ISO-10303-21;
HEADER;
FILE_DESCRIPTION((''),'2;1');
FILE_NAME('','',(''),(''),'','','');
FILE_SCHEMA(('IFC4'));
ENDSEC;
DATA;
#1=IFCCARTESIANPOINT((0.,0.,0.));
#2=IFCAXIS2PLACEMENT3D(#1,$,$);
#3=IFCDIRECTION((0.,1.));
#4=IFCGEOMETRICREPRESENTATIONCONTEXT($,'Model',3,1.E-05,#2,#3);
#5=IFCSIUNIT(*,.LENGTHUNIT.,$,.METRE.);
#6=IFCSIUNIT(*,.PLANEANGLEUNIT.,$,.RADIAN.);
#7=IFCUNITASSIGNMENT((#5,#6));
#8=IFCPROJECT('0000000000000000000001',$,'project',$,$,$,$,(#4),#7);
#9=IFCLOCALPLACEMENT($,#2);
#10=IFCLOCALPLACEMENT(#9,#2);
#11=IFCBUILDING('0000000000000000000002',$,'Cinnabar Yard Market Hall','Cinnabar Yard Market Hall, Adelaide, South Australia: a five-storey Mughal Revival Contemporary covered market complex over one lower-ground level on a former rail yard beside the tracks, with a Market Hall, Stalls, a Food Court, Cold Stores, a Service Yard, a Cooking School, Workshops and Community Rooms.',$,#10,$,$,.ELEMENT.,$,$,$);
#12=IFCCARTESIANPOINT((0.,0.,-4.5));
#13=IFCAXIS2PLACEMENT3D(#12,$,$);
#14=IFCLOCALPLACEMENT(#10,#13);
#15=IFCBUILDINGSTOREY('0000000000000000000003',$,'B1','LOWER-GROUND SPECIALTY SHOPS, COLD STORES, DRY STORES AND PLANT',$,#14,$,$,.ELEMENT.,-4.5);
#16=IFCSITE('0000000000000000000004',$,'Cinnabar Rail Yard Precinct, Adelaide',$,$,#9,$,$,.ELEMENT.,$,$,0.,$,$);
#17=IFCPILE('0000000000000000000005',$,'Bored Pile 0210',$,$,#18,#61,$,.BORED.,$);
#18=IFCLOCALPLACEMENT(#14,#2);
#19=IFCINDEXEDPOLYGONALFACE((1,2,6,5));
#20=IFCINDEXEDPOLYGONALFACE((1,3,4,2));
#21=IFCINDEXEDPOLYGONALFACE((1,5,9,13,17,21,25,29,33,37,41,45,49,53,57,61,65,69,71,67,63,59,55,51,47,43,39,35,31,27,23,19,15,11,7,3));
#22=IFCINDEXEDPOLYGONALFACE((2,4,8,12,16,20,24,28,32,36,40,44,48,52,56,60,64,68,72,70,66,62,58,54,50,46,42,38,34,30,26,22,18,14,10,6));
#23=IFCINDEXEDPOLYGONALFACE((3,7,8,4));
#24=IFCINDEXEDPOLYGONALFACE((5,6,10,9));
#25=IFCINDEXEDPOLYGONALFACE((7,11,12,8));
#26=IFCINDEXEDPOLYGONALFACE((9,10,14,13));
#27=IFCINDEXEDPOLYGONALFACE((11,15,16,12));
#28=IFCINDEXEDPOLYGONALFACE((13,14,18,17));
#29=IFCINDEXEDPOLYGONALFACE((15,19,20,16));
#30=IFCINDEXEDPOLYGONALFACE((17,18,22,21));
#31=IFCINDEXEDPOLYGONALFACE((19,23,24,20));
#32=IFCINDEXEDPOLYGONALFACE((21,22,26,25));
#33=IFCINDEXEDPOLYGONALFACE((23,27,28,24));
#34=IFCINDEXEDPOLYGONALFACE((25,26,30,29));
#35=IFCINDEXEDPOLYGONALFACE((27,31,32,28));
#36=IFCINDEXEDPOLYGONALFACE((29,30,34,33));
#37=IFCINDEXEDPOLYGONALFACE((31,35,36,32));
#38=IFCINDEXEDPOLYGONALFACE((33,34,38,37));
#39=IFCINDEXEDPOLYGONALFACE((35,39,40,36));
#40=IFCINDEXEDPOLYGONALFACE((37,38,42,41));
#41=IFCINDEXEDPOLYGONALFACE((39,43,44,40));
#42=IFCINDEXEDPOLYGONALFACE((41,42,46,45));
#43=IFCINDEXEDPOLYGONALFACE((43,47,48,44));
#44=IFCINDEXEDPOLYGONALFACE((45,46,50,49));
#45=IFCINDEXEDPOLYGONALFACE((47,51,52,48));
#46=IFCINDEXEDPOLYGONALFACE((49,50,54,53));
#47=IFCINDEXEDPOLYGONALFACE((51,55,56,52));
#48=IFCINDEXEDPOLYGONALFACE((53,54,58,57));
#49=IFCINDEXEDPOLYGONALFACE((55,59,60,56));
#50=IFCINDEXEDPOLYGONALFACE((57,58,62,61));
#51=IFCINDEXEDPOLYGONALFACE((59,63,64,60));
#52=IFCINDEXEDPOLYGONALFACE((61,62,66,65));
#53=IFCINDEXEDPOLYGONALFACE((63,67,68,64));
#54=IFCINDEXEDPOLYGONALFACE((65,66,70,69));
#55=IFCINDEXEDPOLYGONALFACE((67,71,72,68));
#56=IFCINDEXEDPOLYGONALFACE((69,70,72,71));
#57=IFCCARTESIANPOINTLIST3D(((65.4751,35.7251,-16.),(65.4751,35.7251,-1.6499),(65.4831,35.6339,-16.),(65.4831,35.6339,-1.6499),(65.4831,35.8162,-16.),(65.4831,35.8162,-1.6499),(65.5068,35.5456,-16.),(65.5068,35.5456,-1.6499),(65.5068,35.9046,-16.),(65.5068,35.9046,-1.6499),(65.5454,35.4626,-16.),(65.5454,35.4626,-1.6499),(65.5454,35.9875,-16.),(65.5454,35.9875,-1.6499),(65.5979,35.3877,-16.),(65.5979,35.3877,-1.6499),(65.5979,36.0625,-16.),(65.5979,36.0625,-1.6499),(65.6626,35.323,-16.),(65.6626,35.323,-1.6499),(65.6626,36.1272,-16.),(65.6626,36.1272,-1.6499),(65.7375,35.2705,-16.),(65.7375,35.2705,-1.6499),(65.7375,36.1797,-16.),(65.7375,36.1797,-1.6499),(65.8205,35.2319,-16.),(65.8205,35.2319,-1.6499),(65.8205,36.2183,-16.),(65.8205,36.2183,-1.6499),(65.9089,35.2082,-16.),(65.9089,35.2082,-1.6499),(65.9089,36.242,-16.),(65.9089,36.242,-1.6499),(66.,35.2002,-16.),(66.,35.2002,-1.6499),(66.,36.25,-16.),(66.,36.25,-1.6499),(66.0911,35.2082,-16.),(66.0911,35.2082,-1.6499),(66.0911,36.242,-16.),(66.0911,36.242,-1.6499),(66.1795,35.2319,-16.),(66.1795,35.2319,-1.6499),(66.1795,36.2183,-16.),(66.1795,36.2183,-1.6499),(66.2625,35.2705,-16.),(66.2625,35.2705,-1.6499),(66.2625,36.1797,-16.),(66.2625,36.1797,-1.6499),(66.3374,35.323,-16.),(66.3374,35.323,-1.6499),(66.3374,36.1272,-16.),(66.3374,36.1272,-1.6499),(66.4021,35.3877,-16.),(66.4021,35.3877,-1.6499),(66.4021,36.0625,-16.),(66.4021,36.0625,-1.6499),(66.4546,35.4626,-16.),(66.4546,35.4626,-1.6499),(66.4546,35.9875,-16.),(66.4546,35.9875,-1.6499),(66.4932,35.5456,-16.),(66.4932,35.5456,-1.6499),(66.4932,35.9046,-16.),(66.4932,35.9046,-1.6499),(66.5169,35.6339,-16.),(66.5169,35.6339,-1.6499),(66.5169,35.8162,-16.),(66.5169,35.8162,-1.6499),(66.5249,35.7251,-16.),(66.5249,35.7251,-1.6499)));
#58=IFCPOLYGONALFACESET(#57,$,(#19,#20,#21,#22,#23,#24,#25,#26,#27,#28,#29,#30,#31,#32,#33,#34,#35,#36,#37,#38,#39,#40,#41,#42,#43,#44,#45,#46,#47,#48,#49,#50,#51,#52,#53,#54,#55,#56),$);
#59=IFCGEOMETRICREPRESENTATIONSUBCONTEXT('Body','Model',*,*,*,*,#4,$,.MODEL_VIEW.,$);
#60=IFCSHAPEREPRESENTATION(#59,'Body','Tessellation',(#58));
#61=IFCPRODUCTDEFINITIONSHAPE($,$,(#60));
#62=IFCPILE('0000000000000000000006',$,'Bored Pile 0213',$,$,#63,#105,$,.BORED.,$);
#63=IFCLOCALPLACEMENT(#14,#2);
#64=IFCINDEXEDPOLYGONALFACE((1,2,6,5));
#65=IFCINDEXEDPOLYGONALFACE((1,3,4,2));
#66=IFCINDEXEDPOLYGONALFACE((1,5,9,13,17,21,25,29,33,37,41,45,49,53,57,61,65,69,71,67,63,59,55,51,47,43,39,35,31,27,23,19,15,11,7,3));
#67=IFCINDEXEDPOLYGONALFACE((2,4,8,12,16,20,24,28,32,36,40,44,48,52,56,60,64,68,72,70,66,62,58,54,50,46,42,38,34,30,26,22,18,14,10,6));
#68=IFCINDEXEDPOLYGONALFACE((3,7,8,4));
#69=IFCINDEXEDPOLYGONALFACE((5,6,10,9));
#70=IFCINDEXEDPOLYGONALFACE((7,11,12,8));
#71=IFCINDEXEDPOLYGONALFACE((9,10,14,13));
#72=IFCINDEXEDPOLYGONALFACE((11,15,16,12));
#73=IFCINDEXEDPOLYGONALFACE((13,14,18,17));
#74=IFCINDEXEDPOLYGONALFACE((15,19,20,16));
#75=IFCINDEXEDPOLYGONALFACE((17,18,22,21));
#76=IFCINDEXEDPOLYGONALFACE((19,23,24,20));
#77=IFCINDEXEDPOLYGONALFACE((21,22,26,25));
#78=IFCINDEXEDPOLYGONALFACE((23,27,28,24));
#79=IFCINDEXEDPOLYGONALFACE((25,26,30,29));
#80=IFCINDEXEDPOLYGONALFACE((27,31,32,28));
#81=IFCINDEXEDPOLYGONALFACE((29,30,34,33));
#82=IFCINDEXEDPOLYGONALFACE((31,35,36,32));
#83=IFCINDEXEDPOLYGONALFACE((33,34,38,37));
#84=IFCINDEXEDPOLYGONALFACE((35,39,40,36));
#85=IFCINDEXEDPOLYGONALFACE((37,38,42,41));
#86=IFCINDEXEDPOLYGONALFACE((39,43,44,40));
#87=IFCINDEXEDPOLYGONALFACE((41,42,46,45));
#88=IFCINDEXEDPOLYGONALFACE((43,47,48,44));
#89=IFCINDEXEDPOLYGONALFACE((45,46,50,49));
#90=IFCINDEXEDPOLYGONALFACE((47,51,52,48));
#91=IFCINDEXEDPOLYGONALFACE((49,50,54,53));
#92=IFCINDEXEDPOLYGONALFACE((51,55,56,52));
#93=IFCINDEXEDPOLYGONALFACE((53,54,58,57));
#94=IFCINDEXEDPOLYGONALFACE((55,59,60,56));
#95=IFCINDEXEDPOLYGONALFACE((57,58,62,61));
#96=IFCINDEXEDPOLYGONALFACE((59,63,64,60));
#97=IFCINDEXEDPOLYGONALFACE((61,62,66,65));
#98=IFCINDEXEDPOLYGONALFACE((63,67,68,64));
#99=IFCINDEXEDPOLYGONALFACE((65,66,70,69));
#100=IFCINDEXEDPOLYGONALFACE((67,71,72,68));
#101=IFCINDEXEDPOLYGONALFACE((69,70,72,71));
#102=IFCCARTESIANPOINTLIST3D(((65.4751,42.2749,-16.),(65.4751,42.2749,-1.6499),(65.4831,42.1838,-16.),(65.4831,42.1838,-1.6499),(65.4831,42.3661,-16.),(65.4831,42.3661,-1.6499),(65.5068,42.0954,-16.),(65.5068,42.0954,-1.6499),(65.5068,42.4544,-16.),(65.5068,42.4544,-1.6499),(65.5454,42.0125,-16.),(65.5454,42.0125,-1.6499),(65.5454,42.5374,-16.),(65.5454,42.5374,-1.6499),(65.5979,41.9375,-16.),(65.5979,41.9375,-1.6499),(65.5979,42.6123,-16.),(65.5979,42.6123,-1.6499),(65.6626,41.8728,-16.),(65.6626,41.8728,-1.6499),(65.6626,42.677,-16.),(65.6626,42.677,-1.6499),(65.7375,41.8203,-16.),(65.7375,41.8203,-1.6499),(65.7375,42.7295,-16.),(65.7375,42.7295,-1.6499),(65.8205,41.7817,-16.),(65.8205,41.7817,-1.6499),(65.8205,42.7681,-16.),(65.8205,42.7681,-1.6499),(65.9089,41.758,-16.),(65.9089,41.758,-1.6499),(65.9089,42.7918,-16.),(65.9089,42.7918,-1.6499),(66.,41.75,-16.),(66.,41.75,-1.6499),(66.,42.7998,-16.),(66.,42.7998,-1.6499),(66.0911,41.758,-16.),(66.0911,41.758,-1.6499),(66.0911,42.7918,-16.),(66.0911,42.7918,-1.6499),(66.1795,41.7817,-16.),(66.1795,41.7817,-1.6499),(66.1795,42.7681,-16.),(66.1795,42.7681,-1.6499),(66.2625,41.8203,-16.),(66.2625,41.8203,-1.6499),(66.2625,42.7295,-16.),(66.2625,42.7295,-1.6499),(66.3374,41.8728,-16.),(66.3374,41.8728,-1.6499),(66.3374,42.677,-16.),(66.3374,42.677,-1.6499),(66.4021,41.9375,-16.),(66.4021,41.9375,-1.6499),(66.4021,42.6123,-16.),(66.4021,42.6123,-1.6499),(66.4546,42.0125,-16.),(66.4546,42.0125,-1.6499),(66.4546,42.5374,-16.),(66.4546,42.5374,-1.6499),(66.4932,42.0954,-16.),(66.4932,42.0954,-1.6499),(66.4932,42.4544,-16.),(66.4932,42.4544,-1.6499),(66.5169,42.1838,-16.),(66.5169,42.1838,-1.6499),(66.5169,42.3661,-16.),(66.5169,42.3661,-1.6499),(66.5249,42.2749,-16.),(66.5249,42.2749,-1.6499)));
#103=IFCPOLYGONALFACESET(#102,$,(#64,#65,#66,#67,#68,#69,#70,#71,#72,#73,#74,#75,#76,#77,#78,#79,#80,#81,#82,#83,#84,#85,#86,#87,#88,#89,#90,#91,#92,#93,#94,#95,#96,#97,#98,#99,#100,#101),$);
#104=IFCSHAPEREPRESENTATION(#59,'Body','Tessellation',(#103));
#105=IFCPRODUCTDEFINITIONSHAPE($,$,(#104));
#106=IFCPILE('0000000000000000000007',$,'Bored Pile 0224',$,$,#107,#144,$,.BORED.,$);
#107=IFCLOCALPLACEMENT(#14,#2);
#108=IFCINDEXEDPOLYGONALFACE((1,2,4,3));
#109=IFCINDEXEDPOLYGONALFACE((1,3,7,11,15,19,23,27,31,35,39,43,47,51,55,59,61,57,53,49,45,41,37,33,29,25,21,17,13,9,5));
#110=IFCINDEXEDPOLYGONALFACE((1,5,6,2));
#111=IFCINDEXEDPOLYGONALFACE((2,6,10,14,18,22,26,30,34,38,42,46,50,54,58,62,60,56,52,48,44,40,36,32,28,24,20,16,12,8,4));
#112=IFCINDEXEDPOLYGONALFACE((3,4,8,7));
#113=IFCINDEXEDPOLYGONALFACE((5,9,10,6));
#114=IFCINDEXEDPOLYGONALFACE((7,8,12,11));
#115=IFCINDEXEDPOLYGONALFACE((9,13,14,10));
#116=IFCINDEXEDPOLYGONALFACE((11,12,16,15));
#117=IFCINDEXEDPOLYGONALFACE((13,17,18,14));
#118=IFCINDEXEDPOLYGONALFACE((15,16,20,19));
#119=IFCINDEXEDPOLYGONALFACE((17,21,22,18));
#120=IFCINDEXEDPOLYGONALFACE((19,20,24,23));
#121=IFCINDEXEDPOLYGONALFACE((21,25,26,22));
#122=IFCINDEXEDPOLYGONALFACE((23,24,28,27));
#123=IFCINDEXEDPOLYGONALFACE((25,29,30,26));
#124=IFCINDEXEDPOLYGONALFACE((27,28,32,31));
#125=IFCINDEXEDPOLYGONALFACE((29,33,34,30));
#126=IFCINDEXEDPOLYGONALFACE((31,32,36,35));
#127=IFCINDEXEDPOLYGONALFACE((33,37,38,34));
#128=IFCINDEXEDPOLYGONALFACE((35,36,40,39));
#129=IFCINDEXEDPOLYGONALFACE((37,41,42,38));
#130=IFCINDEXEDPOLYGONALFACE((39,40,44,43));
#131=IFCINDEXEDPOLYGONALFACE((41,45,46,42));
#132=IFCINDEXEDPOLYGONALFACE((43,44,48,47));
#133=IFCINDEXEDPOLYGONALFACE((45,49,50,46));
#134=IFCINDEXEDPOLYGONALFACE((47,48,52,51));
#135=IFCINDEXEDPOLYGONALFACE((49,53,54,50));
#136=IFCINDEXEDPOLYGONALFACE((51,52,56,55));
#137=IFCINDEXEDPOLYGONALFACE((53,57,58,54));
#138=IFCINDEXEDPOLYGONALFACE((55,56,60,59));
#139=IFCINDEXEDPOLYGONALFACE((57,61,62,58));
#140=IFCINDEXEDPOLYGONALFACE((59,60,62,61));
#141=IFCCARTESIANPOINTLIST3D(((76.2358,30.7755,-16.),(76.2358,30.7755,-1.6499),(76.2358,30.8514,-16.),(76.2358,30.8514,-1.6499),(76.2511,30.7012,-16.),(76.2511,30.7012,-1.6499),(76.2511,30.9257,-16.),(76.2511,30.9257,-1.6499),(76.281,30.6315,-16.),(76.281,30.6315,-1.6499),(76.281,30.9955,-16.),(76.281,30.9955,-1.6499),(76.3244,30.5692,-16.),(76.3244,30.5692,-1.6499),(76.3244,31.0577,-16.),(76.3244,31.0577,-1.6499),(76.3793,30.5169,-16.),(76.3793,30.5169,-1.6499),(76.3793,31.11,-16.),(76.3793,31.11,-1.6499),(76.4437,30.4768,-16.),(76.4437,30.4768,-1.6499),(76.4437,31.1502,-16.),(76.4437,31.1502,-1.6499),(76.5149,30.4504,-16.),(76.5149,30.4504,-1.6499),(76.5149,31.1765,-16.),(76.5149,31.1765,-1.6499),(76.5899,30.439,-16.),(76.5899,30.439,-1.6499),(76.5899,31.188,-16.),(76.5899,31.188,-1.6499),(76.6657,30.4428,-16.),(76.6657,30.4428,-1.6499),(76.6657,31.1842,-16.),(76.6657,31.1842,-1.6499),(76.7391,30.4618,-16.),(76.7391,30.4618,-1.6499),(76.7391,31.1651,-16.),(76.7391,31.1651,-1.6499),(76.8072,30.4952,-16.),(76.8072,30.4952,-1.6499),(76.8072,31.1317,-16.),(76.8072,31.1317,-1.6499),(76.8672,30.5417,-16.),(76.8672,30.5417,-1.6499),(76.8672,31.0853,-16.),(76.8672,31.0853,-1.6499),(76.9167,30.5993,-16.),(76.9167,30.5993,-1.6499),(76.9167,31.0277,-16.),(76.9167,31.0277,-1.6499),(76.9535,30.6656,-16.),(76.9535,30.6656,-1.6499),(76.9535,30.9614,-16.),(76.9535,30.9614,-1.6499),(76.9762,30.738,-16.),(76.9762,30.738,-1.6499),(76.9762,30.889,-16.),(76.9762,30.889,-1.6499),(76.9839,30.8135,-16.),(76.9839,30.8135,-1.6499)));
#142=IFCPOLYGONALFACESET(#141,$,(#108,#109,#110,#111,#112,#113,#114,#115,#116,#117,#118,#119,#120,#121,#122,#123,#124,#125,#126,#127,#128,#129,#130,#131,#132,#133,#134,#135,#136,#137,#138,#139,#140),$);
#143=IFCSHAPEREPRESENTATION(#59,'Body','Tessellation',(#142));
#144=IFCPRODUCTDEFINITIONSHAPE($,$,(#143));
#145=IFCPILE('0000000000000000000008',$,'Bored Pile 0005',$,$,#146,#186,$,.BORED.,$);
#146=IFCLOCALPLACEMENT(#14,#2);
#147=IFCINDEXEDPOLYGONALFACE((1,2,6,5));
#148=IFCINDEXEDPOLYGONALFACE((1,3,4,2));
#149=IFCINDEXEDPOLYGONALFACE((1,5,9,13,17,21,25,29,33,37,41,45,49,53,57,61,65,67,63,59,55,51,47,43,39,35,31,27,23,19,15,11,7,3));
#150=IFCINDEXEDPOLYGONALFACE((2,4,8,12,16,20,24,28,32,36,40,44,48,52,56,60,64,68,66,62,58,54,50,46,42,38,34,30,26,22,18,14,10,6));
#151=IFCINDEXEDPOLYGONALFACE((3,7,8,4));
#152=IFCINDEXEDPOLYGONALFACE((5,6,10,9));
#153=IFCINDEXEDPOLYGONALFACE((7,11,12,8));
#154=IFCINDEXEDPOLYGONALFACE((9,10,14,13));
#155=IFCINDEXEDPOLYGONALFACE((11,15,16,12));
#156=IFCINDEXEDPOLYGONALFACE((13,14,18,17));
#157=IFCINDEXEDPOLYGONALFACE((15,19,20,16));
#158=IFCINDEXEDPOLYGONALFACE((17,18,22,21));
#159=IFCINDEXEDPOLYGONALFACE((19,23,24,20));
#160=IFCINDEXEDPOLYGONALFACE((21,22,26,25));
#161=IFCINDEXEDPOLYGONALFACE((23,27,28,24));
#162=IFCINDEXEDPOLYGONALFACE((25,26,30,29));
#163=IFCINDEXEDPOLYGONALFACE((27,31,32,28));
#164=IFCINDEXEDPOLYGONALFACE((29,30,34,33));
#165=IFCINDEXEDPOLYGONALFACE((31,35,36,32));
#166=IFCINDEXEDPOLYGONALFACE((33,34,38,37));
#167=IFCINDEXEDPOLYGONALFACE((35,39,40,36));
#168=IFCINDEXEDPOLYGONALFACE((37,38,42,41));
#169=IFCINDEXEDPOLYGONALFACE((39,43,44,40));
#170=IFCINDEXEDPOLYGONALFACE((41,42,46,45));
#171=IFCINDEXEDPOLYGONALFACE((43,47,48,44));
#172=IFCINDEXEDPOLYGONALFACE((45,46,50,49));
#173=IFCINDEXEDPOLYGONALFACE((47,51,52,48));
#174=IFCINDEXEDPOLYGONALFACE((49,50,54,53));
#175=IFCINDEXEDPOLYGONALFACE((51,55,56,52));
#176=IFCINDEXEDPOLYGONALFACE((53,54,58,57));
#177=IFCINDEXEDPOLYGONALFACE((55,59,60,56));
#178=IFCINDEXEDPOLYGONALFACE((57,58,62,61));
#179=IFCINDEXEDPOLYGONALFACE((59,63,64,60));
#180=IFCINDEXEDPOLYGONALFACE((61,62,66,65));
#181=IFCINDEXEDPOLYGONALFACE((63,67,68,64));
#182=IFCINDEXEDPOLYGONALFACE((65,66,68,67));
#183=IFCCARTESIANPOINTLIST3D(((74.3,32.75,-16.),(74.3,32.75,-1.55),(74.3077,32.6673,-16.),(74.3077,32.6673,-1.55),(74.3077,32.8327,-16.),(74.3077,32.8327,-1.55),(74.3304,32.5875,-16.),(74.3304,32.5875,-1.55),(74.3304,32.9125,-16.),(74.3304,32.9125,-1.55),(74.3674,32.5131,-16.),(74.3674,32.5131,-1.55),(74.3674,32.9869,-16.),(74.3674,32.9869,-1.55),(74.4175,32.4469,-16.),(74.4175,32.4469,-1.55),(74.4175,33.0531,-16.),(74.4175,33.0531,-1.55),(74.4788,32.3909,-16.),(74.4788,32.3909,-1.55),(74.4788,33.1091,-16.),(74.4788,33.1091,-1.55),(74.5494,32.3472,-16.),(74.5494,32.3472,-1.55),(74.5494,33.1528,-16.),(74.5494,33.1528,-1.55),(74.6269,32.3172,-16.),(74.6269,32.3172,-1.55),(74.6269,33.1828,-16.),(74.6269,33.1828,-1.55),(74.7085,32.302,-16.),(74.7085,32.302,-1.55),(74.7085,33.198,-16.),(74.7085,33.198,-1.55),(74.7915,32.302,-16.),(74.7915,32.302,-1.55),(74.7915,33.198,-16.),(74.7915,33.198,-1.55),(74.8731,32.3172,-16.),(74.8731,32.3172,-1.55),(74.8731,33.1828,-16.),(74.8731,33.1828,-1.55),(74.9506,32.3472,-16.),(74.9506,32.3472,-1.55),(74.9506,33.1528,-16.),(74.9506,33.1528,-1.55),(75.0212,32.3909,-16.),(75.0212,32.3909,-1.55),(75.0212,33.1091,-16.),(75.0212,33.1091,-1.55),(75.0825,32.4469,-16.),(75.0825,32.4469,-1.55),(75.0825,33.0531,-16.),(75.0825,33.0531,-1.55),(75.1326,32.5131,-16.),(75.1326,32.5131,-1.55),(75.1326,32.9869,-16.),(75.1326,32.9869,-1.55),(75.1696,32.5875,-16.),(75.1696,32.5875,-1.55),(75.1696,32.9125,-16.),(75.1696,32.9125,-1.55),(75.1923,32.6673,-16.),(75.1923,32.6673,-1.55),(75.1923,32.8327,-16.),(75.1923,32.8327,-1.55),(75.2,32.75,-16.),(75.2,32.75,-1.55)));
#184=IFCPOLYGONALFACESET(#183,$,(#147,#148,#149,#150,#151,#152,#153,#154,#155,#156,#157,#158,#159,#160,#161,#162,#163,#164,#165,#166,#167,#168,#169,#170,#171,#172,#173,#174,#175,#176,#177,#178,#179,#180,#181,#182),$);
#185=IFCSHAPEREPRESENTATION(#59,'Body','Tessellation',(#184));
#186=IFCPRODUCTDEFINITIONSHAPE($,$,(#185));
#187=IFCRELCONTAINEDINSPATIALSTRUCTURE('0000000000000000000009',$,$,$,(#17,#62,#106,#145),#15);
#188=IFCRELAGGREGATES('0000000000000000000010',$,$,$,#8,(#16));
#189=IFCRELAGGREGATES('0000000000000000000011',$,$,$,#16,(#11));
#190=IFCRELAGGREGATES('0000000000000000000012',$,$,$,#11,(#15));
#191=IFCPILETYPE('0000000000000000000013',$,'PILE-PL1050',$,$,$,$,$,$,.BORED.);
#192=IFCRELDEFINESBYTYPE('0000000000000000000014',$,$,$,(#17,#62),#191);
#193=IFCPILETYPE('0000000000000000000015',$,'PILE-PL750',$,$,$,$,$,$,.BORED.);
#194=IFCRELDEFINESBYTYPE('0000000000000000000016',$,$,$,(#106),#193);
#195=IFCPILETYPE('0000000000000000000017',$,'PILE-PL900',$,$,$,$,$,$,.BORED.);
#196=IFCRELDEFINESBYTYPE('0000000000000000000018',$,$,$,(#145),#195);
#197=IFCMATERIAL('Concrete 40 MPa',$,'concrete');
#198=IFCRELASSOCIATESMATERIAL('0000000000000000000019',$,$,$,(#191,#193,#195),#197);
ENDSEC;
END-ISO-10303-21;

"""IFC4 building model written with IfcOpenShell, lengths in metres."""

from ifc_helpers import new_model, si_unit, direction, frame, origin, origin_2d_with_axis, place, context, subcontext, project, spatial, circle, extrude, material, material_profile, profile_set, type_object, element, save


model = new_model("IFC4")

# Units and contexts
model_context = context("Model", 3, precision=1e-05, world=origin(), true_north=direction((0.0, 1.0)))
body_context = subcontext(model_context, "Body", "Model", "MODEL_VIEW")
ifc_project = project(units=[si_unit("LENGTHUNIT", "METRE"), si_unit("PLANEANGLEUNIT", "RADIAN")], contexts=[model_context])

# Site, building, storey
site_placement = place(None, origin())
site = spatial("IfcSite", under=ifc_project, at=site_placement, Name="Cinnabar Rail Yard Precinct, Adelaide", CompositionType="ELEMENT", RefElevation=0.0)
building_placement = place(site_placement, origin())
building = spatial("IfcBuilding", under=site, at=building_placement, Name="Cinnabar Yard Market Hall", Description="Cinnabar Yard Market Hall, Adelaide, South Australia: a five-storey Mughal Revival Contemporary covered market complex over one lower-ground level on a former rail yard beside the tracks, with a Market Hall, Stalls, a Food Court, Cold Stores, a Service Yard, a Cooking School, Workshops and Community Rooms.", CompositionType="ELEMENT")
storey_placement = place(building_placement, frame((0.0, 0.0, -4.5)))
storey = spatial("IfcBuildingStorey", under=building, at=storey_placement, Name="B1", Description="LOWER-GROUND SPECIALTY SHOPS, COLD STORES, DRY STORES AND PLANT", CompositionType="ELEMENT", Elevation=-4.5)

# Shared definitions
ifc_material_1 = material(Name="Concrete 40 MPa", Category="concrete")

# Piles
ifc_material_profile_1 = material_profile(ifc_material_1, circle(Radius=0.5249, at=origin_2d_with_axis()), Name="PILE-D1050")
ifc_profile_set_1 = profile_set([ifc_material_profile_1], Name="Concrete 40 MPa")
pile_type_1 = type_object("IfcPileType", Name="PILE-PL1050", PredefinedType="BORED", material=ifc_profile_set_1)
for number, where, z_axis, x_axis, name in (
    (1, (66.0, 35.7251, -1.6499), (0.0, 0.0, -1.0), (1.0, 0.0, 0.0), "Bored Pile 0210"),
    (2, (66.0, 42.2749, -1.6499), (0.0, 0.0, -1.0), (1.0, 0.0, 0.0), "Bored Pile 0213"),
):
    element("IfcPile", number, at=place(storey_placement, frame(where, z_axis=z_axis, x_axis=x_axis)), inside=storey, type_object=pile_type_1, Name=name, PredefinedType="BORED", context=body_context, shape_type="SweptSolid", body=[
        extrude(circle(Radius=0.5249, at=origin_2d_with_axis()), origin(), (0.0, 0.0, 1.0), 14.3501),
    ])
ifc_material_profile_2 = material_profile(ifc_material_1, circle(Radius=0.375, at=origin_2d_with_axis()), Name="PILE-D750")
ifc_profile_set_2 = profile_set([ifc_material_profile_2], Name="Concrete 40 MPa")
pile_type_2 = type_object("IfcPileType", Name="PILE-PL750", PredefinedType="BORED", material=ifc_profile_set_2)
pile_placement = place(storey_placement, frame((76.6089, 30.8135, -1.6499), z_axis=(0.0, 0.0, -1.0), x_axis=(1.0, 0.0, 0.0)))
element("IfcPile", 3, at=pile_placement, inside=storey, type_object=pile_type_2, Name="Bored Pile 0224", PredefinedType="BORED", context=body_context, shape_type="SweptSolid", body=[
    extrude(circle(Radius=0.375, at=origin_2d_with_axis()), origin(), (0.0, 0.0, 1.0), 14.3501),
])
ifc_material_profile_3 = material_profile(ifc_material_1, circle(Radius=0.45, at=origin_2d_with_axis()), Name="PILE-D900")
ifc_profile_set_3 = profile_set([ifc_material_profile_3], Name="Concrete 40 MPa")
pile_type_3 = type_object("IfcPileType", Name="PILE-PL900", PredefinedType="BORED", material=ifc_profile_set_3)
for number, where, z_axis, x_axis, name in (
    (4, (74.75, 32.75, -1.55), (0.0, 0.0, -1.0), (1.0, 0.0, 0.0), "Bored Pile 0005"),
):
    element("IfcPile", number, at=place(storey_placement, frame(where, z_axis=z_axis, x_axis=x_axis)), inside=storey, type_object=pile_type_3, Name=name, PredefinedType="BORED", context=body_context, shape_type="SweptSolid", body=[
        extrude(circle(Radius=0.45, at=origin_2d_with_axis()), origin(), (0.0, 0.0, 1.0), 14.45),
    ])

save(model, "model.ifc")
